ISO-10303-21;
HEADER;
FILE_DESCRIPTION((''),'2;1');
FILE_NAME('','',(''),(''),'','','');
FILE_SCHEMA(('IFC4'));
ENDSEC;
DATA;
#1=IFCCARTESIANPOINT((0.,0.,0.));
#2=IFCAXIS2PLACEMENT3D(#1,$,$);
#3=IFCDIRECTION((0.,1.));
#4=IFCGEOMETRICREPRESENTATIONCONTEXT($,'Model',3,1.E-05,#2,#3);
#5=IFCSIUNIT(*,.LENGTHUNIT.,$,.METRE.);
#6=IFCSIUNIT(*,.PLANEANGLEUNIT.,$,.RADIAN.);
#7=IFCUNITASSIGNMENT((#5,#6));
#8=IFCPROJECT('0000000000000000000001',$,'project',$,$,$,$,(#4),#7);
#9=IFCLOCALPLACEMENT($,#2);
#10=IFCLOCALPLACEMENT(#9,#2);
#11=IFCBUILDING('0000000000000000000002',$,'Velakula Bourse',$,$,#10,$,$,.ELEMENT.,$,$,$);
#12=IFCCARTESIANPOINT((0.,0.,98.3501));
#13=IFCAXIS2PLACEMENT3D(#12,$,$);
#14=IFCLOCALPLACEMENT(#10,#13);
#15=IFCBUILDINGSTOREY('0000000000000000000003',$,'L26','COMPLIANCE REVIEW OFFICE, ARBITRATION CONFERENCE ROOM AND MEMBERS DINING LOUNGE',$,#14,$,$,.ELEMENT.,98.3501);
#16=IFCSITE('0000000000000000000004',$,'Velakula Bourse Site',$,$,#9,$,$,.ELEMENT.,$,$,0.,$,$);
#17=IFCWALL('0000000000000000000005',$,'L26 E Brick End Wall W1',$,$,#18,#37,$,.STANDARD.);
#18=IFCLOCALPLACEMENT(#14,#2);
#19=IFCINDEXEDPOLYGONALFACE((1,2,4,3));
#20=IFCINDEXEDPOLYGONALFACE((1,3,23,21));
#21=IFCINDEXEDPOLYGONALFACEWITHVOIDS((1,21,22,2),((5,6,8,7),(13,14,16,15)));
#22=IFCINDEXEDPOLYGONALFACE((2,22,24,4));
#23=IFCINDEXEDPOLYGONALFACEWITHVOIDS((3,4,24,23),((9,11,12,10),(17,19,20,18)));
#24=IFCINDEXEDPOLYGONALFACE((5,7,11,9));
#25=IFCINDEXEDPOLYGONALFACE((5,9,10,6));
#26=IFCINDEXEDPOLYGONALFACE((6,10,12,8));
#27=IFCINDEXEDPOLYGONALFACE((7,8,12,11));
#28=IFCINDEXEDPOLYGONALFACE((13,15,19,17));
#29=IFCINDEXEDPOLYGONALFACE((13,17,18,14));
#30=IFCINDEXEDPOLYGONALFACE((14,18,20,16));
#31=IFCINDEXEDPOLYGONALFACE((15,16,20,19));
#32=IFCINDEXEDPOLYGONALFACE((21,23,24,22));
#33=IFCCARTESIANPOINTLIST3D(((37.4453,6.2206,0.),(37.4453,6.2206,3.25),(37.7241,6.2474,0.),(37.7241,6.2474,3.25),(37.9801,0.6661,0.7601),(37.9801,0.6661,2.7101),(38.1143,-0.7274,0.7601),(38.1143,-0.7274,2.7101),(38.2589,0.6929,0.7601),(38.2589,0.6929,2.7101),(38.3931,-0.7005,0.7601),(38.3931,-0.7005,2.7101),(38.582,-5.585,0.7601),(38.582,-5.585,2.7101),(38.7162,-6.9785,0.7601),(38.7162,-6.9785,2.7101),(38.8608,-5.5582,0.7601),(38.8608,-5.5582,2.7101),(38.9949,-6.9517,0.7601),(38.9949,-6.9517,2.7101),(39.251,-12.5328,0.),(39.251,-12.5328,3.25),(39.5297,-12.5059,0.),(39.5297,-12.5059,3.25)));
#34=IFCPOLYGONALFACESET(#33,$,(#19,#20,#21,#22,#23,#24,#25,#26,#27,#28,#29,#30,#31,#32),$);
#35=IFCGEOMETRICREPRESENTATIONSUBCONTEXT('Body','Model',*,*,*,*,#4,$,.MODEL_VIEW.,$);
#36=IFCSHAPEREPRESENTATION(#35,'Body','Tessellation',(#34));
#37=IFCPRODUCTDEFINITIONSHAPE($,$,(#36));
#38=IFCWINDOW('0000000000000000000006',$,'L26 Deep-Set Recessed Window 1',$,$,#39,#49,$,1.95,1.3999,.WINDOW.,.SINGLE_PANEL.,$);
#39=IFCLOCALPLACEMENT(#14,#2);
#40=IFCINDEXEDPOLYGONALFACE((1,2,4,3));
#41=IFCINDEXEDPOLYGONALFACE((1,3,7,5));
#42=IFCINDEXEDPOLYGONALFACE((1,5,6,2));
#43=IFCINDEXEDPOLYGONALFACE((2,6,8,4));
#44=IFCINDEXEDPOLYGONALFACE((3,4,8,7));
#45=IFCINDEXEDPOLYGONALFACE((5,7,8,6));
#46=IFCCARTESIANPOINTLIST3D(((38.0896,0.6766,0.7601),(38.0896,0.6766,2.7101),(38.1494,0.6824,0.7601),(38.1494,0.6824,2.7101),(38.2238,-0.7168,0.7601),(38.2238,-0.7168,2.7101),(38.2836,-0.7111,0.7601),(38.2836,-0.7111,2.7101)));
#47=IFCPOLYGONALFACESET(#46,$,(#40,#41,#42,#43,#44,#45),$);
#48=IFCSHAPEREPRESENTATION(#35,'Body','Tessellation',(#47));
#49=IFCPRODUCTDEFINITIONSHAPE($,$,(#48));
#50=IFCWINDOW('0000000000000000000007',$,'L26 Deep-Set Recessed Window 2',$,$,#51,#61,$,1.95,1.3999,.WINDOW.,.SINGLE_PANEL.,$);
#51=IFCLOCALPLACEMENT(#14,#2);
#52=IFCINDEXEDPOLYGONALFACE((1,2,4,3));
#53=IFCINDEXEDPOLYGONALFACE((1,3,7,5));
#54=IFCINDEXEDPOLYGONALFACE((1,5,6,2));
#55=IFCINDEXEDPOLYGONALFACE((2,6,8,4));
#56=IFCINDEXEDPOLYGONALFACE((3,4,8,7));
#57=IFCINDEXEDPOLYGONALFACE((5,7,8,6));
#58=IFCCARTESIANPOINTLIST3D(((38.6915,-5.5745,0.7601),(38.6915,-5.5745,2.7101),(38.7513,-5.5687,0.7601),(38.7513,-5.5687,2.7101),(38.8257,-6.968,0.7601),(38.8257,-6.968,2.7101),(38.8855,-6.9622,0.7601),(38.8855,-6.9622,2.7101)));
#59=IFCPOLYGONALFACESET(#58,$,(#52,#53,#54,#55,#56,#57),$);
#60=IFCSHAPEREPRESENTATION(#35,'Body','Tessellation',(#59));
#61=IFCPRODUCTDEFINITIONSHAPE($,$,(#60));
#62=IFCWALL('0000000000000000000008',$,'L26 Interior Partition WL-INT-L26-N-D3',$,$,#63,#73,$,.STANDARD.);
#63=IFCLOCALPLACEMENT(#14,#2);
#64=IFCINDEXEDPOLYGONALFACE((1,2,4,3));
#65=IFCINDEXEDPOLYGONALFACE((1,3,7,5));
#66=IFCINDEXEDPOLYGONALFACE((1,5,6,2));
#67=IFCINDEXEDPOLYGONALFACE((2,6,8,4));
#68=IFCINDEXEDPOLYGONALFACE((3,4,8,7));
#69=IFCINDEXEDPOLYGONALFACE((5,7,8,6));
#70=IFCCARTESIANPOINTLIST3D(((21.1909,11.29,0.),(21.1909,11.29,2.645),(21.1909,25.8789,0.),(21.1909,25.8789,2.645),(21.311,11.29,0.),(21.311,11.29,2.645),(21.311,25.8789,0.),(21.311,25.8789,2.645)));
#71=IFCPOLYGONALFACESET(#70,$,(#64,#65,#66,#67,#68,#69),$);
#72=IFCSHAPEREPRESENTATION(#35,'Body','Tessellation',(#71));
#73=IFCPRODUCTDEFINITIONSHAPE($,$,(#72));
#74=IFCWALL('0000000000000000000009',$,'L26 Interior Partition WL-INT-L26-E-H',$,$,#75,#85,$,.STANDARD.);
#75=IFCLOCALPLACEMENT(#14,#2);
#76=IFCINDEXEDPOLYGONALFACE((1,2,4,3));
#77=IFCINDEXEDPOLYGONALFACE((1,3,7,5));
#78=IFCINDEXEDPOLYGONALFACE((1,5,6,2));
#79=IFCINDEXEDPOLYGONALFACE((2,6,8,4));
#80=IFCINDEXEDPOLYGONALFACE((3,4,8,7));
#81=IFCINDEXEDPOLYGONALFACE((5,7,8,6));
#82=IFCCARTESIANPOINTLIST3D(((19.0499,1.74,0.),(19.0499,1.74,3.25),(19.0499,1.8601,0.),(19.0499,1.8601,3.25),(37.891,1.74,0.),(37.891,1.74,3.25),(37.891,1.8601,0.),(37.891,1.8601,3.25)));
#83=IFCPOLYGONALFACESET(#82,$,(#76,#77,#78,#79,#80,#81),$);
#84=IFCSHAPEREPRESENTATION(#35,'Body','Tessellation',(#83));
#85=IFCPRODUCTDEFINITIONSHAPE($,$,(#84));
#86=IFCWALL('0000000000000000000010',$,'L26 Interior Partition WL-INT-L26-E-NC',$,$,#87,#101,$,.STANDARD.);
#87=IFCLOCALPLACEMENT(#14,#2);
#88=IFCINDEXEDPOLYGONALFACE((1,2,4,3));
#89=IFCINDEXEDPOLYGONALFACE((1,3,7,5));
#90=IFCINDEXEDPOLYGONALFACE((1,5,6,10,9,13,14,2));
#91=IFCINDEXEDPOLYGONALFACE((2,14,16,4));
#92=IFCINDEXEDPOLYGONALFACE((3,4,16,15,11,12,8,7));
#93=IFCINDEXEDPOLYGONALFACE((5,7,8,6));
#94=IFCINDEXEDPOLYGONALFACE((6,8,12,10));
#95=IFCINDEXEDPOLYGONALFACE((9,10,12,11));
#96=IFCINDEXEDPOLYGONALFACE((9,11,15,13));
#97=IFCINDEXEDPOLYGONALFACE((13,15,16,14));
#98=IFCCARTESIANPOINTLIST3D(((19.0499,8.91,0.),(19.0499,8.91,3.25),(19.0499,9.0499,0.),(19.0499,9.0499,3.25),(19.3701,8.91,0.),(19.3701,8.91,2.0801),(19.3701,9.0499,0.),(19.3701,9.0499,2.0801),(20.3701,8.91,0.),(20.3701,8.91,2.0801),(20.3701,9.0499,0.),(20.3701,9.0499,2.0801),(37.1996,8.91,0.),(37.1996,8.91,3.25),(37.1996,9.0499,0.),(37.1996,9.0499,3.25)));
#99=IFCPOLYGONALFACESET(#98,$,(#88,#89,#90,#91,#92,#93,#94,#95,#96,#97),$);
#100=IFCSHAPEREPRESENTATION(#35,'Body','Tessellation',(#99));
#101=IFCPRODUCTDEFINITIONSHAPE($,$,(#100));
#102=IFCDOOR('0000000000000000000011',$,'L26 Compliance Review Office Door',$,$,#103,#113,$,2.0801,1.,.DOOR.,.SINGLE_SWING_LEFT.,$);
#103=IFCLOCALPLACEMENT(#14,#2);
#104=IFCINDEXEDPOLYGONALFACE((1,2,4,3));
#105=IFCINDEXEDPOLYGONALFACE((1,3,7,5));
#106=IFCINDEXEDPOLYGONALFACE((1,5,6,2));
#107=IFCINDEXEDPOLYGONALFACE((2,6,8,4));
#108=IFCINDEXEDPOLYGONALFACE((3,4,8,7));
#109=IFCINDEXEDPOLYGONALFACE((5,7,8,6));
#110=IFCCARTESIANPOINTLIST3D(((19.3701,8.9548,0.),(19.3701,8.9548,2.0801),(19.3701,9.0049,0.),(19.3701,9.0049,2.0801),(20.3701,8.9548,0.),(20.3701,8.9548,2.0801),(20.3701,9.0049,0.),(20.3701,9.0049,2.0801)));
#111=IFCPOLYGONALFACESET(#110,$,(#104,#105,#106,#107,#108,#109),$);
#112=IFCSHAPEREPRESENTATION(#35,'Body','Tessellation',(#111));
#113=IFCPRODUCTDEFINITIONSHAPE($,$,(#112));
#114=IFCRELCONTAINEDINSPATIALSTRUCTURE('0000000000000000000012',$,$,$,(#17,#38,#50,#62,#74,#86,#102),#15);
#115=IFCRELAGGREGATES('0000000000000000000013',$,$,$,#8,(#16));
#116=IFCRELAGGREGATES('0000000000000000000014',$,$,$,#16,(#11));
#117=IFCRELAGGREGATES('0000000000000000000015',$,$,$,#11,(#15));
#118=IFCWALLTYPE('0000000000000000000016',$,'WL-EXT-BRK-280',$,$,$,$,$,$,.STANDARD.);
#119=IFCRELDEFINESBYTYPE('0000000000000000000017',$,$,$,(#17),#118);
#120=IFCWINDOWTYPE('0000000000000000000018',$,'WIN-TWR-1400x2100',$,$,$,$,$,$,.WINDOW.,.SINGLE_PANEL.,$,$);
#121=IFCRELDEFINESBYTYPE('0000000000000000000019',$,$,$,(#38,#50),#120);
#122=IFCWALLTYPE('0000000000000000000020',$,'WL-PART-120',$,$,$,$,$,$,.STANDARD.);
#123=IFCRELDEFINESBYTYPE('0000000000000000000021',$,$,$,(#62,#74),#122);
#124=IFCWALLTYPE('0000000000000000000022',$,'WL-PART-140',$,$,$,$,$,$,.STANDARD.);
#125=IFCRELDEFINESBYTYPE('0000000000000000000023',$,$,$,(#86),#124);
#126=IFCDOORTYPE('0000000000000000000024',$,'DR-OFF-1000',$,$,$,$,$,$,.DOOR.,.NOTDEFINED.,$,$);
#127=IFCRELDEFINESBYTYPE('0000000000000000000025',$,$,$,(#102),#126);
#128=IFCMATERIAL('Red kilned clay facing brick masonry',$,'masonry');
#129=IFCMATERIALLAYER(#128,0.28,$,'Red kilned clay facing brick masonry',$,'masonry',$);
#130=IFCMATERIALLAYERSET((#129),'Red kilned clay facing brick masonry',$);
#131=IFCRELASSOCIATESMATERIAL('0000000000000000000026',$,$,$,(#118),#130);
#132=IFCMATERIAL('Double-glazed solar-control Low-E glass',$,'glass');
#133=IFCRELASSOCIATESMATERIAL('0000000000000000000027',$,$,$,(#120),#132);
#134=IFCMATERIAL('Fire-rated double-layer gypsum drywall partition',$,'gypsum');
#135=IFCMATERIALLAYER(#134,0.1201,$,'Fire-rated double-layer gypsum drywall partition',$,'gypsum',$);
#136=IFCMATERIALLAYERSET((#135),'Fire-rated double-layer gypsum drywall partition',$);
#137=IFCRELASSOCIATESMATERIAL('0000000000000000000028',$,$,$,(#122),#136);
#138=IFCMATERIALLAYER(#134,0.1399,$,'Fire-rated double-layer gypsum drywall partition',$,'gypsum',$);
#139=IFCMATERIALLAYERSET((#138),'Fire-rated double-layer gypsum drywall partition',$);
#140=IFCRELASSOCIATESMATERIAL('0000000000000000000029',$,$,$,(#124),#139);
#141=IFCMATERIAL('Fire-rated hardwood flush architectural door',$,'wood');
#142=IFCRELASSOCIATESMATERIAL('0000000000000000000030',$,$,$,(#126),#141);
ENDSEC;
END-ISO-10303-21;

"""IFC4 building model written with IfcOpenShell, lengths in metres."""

from ifc_helpers import new_model, si_unit, direction, frame, frame_2d, origin, place, context, subcontext, project, spatial, rectangle, extrude, material, layer, layer_set, type_object, element, fill, save


model = new_model("IFC4")

# Units and contexts
model_context = context("Model", 3, precision=1e-05, world=origin(), true_north=direction((0.0, 1.0)))
body_context = subcontext(model_context, "Body", "Model", "MODEL_VIEW")
ifc_project = project(units=[si_unit("LENGTHUNIT", "METRE"), si_unit("PLANEANGLEUNIT", "RADIAN")], contexts=[model_context])

# Site, building, storey
site_placement = place(None, origin())
site = spatial("IfcSite", under=ifc_project, at=site_placement, Name="Velakula Bourse Site", CompositionType="ELEMENT", RefElevation=0.0)
building_placement = place(site_placement, origin())
building = spatial("IfcBuilding", under=site, at=building_placement, Name="Velakula Bourse", CompositionType="ELEMENT")
storey_placement = place(building_placement, frame((0.0, 0.0, 98.3501)))
storey = spatial("IfcBuildingStorey", under=building, at=storey_placement, Name="L26", Description="COMPLIANCE REVIEW OFFICE, ARBITRATION CONFERENCE ROOM AND MEMBERS DINING LOUNGE", CompositionType="ELEMENT", Elevation=98.3501)

# Wall, openings, windows
ifc_material_1 = material(Name="Red kilned clay facing brick masonry", Category="masonry")
ifc_layer_1 = layer(ifc_material_1, 0.28, Name="Red kilned clay facing brick masonry", Category="masonry")
ifc_layer_set_1 = layer_set([ifc_layer_1], Name="Red kilned clay facing brick masonry")
wall_type_1 = type_object("IfcWallType", Name="WL-EXT-BRK-280", PredefinedType="STANDARD", material=ifc_layer_set_1)
wall_1_placement = place(storey_placement, frame((37.5847, 6.2339, 0.0), z_axis=(0.0, 0.0, 1.0), x_axis=(0.095841, -0.995397, 0.0)))
wall_1 = element("IfcWall", 1, at=wall_1_placement, inside=storey, type_object=wall_type_1, Name="L26 E Brick End Wall W1", PredefinedType="STANDARD", context=body_context, shape_type="SweptSolid", body=[
    extrude(rectangle(XDim=18.8401, YDim=0.28, at=frame_2d((9.4199, 0.0))), origin(), (0.0, 0.0, 1.0), 3.25),
])
opening_1_placement = place(wall_1_placement, frame((5.5801, 0.0, 0.76)))
opening_1 = element("IfcOpeningElement", 2, at=opening_1_placement, cuts=wall_1, PredefinedType="OPENING", context=body_context, shape_type="SweptSolid", body=[
    extrude(rectangle(XDim=1.3999, YDim=1.95, at=frame_2d((0.7, 0.9751))), frame((0.0, 0.1499, 0.0), z_axis=(0.0, -1.0, 0.0), x_axis=(1.0, 0.0, 0.0)), (0.0, 0.0, 1.0), 0.3),
])
opening_2_placement = place(wall_1_placement, frame((11.8601, 0.0, 0.76)))
opening_2 = element("IfcOpeningElement", 3, at=opening_2_placement, cuts=wall_1, PredefinedType="OPENING", context=body_context, shape_type="SweptSolid", body=[
    extrude(rectangle(XDim=1.3999, YDim=1.95, at=frame_2d((0.7, 0.9751))), frame((0.0, 0.1499, 0.0), z_axis=(0.0, -1.0, 0.0), x_axis=(1.0, 0.0, 0.0)), (0.0, 0.0, 1.0), 0.3),
])
ifc_material_2 = material(Name="Double-glazed solar-control Low-E glass", Category="glass")
window_type = type_object("IfcWindowType", Name="WIN-TWR-1400x2100", PartitioningType="SINGLE_PANEL", PredefinedType="WINDOW", material=ifc_material_2)
window_1_placement = place(opening_1_placement, origin())
window_1 = element("IfcWindow", 4, at=window_1_placement, inside=storey, type_object=window_type, Name="L26 Deep-Set Recessed Window 1", OverallHeight=1.95, OverallWidth=1.3999, PartitioningType="SINGLE_PANEL", PredefinedType="WINDOW", context=body_context, shape_type="SweptSolid", body=[
    extrude(rectangle(XDim=1.3999, YDim=1.95, at=frame_2d((0.7, 0.9751))), frame((0.0, 0.03, 0.0), z_axis=(0.0, -1.0, 0.0), x_axis=(1.0, 0.0, 0.0)), (0.0, 0.0, 1.0), 0.0601),
])
fill(opening_1, window_1)
window_2_placement = place(opening_2_placement, origin())
window_2 = element("IfcWindow", 5, at=window_2_placement, inside=storey, type_object=window_type, Name="L26 Deep-Set Recessed Window 2", OverallHeight=1.95, OverallWidth=1.3999, PartitioningType="SINGLE_PANEL", PredefinedType="WINDOW", context=body_context, shape_type="SweptSolid", body=[
    extrude(rectangle(XDim=1.3999, YDim=1.95, at=frame_2d((0.7, 0.9751))), frame((0.0, 0.03, 0.0), z_axis=(0.0, -1.0, 0.0), x_axis=(1.0, 0.0, 0.0)), (0.0, 0.0, 1.0), 0.0601),
])
fill(opening_2, window_2)

# Walls
ifc_material_3 = material(Name="Fire-rated double-layer gypsum drywall partition", Category="gypsum")
ifc_layer_2 = layer(ifc_material_3, 0.1201, Name="Fire-rated double-layer gypsum drywall partition", Category="gypsum")
ifc_layer_set_2 = layer_set([ifc_layer_2], Name="Fire-rated double-layer gypsum drywall partition")
wall_type_2 = type_object("IfcWallType", Name="WL-PART-120", PredefinedType="STANDARD", material=ifc_layer_set_2)
wall_2_placement = place(storey_placement, frame((21.251, 11.29, 0.0), z_axis=(0.0, 0.0, 1.0), x_axis=(0.0, 1.0, 0.0)))
element("IfcWall", 6, at=wall_2_placement, inside=storey, type_object=wall_type_2, Name="L26 Interior Partition WL-INT-L26-N-D3", PredefinedType="STANDARD", context=body_context, shape_type="SweptSolid", body=[
    extrude(rectangle(XDim=14.5889, YDim=0.1201, at=frame_2d((7.2944, 0.0))), origin(), (0.0, 0.0, 1.0), 2.645),
])
wall_3_placement = place(storey_placement, frame((19.05, 1.8, 0.0), z_axis=(0.0, 0.0, 1.0), x_axis=(1.0, 0.0, 0.0)))
element("IfcWall", 7, at=wall_3_placement, inside=storey, type_object=wall_type_2, Name="L26 Interior Partition WL-INT-L26-E-H", PredefinedType="STANDARD", context=body_context, shape_type="SweptSolid", body=[
    extrude(rectangle(XDim=18.8411, YDim=0.1201, at=frame_2d((9.4204, 0.0))), origin(), (0.0, 0.0, 1.0), 3.25),
])

# Wall, opening, door
ifc_layer_3 = layer(ifc_material_3, 0.1399, Name="Fire-rated double-layer gypsum drywall partition", Category="gypsum")
ifc_layer_set_3 = layer_set([ifc_layer_3], Name="Fire-rated double-layer gypsum drywall partition")
wall_type_3 = type_object("IfcWallType", Name="WL-PART-140", PredefinedType="STANDARD", material=ifc_layer_set_3)
wall_4_placement = place(storey_placement, frame((19.05, 8.98, 0.0), z_axis=(0.0, 0.0, 1.0), x_axis=(1.0, 0.0, 0.0)))
wall_4 = element("IfcWall", 8, at=wall_4_placement, inside=storey, type_object=wall_type_3, Name="L26 Interior Partition WL-INT-L26-E-NC", PredefinedType="STANDARD", context=body_context, shape_type="SweptSolid", body=[
    extrude(rectangle(XDim=18.1497, YDim=0.1399, at=frame_2d((9.0747, 0.0))), origin(), (0.0, 0.0, 1.0), 3.25),
])
opening_3_placement = place(wall_4_placement, frame((0.3201, 0.0, 0.0)))
opening_3 = element("IfcOpeningElement", 9, at=opening_3_placement, cuts=wall_4, PredefinedType="OPENING", context=body_context, shape_type="SweptSolid", body=[
    extrude(rectangle(XDim=1.0, YDim=2.0801, at=frame_2d((0.5, 1.04))), frame((0.0, 0.0798, 0.0), z_axis=(0.0, -1.0, 0.0), x_axis=(1.0, 0.0, 0.0)), (0.0, 0.0, 1.0), 0.1599),
])
ifc_material_4 = material(Name="Fire-rated hardwood flush architectural door", Category="wood")
door_type = type_object("IfcDoorType", Name="DR-OFF-1000", OperationType="NOTDEFINED", PredefinedType="DOOR", material=ifc_material_4)
door_placement = place(opening_3_placement, origin())
door = element("IfcDoor", 10, at=door_placement, inside=storey, type_object=door_type, Name="L26 Compliance Review Office Door", OperationType="SINGLE_SWING_LEFT", OverallHeight=2.0801, OverallWidth=1.0, PredefinedType="DOOR", context=body_context, shape_type="SweptSolid", body=[
    extrude(rectangle(XDim=1.0, YDim=2.0801, at=frame_2d((0.5, 1.04))), frame((0.0, 0.0249, 0.0), z_axis=(0.0, -1.0, 0.0), x_axis=(1.0, 0.0, 0.0)), (0.0, 0.0, 1.0), 0.05),
])
fill(opening_3, door)

save(model, "model.ifc")
